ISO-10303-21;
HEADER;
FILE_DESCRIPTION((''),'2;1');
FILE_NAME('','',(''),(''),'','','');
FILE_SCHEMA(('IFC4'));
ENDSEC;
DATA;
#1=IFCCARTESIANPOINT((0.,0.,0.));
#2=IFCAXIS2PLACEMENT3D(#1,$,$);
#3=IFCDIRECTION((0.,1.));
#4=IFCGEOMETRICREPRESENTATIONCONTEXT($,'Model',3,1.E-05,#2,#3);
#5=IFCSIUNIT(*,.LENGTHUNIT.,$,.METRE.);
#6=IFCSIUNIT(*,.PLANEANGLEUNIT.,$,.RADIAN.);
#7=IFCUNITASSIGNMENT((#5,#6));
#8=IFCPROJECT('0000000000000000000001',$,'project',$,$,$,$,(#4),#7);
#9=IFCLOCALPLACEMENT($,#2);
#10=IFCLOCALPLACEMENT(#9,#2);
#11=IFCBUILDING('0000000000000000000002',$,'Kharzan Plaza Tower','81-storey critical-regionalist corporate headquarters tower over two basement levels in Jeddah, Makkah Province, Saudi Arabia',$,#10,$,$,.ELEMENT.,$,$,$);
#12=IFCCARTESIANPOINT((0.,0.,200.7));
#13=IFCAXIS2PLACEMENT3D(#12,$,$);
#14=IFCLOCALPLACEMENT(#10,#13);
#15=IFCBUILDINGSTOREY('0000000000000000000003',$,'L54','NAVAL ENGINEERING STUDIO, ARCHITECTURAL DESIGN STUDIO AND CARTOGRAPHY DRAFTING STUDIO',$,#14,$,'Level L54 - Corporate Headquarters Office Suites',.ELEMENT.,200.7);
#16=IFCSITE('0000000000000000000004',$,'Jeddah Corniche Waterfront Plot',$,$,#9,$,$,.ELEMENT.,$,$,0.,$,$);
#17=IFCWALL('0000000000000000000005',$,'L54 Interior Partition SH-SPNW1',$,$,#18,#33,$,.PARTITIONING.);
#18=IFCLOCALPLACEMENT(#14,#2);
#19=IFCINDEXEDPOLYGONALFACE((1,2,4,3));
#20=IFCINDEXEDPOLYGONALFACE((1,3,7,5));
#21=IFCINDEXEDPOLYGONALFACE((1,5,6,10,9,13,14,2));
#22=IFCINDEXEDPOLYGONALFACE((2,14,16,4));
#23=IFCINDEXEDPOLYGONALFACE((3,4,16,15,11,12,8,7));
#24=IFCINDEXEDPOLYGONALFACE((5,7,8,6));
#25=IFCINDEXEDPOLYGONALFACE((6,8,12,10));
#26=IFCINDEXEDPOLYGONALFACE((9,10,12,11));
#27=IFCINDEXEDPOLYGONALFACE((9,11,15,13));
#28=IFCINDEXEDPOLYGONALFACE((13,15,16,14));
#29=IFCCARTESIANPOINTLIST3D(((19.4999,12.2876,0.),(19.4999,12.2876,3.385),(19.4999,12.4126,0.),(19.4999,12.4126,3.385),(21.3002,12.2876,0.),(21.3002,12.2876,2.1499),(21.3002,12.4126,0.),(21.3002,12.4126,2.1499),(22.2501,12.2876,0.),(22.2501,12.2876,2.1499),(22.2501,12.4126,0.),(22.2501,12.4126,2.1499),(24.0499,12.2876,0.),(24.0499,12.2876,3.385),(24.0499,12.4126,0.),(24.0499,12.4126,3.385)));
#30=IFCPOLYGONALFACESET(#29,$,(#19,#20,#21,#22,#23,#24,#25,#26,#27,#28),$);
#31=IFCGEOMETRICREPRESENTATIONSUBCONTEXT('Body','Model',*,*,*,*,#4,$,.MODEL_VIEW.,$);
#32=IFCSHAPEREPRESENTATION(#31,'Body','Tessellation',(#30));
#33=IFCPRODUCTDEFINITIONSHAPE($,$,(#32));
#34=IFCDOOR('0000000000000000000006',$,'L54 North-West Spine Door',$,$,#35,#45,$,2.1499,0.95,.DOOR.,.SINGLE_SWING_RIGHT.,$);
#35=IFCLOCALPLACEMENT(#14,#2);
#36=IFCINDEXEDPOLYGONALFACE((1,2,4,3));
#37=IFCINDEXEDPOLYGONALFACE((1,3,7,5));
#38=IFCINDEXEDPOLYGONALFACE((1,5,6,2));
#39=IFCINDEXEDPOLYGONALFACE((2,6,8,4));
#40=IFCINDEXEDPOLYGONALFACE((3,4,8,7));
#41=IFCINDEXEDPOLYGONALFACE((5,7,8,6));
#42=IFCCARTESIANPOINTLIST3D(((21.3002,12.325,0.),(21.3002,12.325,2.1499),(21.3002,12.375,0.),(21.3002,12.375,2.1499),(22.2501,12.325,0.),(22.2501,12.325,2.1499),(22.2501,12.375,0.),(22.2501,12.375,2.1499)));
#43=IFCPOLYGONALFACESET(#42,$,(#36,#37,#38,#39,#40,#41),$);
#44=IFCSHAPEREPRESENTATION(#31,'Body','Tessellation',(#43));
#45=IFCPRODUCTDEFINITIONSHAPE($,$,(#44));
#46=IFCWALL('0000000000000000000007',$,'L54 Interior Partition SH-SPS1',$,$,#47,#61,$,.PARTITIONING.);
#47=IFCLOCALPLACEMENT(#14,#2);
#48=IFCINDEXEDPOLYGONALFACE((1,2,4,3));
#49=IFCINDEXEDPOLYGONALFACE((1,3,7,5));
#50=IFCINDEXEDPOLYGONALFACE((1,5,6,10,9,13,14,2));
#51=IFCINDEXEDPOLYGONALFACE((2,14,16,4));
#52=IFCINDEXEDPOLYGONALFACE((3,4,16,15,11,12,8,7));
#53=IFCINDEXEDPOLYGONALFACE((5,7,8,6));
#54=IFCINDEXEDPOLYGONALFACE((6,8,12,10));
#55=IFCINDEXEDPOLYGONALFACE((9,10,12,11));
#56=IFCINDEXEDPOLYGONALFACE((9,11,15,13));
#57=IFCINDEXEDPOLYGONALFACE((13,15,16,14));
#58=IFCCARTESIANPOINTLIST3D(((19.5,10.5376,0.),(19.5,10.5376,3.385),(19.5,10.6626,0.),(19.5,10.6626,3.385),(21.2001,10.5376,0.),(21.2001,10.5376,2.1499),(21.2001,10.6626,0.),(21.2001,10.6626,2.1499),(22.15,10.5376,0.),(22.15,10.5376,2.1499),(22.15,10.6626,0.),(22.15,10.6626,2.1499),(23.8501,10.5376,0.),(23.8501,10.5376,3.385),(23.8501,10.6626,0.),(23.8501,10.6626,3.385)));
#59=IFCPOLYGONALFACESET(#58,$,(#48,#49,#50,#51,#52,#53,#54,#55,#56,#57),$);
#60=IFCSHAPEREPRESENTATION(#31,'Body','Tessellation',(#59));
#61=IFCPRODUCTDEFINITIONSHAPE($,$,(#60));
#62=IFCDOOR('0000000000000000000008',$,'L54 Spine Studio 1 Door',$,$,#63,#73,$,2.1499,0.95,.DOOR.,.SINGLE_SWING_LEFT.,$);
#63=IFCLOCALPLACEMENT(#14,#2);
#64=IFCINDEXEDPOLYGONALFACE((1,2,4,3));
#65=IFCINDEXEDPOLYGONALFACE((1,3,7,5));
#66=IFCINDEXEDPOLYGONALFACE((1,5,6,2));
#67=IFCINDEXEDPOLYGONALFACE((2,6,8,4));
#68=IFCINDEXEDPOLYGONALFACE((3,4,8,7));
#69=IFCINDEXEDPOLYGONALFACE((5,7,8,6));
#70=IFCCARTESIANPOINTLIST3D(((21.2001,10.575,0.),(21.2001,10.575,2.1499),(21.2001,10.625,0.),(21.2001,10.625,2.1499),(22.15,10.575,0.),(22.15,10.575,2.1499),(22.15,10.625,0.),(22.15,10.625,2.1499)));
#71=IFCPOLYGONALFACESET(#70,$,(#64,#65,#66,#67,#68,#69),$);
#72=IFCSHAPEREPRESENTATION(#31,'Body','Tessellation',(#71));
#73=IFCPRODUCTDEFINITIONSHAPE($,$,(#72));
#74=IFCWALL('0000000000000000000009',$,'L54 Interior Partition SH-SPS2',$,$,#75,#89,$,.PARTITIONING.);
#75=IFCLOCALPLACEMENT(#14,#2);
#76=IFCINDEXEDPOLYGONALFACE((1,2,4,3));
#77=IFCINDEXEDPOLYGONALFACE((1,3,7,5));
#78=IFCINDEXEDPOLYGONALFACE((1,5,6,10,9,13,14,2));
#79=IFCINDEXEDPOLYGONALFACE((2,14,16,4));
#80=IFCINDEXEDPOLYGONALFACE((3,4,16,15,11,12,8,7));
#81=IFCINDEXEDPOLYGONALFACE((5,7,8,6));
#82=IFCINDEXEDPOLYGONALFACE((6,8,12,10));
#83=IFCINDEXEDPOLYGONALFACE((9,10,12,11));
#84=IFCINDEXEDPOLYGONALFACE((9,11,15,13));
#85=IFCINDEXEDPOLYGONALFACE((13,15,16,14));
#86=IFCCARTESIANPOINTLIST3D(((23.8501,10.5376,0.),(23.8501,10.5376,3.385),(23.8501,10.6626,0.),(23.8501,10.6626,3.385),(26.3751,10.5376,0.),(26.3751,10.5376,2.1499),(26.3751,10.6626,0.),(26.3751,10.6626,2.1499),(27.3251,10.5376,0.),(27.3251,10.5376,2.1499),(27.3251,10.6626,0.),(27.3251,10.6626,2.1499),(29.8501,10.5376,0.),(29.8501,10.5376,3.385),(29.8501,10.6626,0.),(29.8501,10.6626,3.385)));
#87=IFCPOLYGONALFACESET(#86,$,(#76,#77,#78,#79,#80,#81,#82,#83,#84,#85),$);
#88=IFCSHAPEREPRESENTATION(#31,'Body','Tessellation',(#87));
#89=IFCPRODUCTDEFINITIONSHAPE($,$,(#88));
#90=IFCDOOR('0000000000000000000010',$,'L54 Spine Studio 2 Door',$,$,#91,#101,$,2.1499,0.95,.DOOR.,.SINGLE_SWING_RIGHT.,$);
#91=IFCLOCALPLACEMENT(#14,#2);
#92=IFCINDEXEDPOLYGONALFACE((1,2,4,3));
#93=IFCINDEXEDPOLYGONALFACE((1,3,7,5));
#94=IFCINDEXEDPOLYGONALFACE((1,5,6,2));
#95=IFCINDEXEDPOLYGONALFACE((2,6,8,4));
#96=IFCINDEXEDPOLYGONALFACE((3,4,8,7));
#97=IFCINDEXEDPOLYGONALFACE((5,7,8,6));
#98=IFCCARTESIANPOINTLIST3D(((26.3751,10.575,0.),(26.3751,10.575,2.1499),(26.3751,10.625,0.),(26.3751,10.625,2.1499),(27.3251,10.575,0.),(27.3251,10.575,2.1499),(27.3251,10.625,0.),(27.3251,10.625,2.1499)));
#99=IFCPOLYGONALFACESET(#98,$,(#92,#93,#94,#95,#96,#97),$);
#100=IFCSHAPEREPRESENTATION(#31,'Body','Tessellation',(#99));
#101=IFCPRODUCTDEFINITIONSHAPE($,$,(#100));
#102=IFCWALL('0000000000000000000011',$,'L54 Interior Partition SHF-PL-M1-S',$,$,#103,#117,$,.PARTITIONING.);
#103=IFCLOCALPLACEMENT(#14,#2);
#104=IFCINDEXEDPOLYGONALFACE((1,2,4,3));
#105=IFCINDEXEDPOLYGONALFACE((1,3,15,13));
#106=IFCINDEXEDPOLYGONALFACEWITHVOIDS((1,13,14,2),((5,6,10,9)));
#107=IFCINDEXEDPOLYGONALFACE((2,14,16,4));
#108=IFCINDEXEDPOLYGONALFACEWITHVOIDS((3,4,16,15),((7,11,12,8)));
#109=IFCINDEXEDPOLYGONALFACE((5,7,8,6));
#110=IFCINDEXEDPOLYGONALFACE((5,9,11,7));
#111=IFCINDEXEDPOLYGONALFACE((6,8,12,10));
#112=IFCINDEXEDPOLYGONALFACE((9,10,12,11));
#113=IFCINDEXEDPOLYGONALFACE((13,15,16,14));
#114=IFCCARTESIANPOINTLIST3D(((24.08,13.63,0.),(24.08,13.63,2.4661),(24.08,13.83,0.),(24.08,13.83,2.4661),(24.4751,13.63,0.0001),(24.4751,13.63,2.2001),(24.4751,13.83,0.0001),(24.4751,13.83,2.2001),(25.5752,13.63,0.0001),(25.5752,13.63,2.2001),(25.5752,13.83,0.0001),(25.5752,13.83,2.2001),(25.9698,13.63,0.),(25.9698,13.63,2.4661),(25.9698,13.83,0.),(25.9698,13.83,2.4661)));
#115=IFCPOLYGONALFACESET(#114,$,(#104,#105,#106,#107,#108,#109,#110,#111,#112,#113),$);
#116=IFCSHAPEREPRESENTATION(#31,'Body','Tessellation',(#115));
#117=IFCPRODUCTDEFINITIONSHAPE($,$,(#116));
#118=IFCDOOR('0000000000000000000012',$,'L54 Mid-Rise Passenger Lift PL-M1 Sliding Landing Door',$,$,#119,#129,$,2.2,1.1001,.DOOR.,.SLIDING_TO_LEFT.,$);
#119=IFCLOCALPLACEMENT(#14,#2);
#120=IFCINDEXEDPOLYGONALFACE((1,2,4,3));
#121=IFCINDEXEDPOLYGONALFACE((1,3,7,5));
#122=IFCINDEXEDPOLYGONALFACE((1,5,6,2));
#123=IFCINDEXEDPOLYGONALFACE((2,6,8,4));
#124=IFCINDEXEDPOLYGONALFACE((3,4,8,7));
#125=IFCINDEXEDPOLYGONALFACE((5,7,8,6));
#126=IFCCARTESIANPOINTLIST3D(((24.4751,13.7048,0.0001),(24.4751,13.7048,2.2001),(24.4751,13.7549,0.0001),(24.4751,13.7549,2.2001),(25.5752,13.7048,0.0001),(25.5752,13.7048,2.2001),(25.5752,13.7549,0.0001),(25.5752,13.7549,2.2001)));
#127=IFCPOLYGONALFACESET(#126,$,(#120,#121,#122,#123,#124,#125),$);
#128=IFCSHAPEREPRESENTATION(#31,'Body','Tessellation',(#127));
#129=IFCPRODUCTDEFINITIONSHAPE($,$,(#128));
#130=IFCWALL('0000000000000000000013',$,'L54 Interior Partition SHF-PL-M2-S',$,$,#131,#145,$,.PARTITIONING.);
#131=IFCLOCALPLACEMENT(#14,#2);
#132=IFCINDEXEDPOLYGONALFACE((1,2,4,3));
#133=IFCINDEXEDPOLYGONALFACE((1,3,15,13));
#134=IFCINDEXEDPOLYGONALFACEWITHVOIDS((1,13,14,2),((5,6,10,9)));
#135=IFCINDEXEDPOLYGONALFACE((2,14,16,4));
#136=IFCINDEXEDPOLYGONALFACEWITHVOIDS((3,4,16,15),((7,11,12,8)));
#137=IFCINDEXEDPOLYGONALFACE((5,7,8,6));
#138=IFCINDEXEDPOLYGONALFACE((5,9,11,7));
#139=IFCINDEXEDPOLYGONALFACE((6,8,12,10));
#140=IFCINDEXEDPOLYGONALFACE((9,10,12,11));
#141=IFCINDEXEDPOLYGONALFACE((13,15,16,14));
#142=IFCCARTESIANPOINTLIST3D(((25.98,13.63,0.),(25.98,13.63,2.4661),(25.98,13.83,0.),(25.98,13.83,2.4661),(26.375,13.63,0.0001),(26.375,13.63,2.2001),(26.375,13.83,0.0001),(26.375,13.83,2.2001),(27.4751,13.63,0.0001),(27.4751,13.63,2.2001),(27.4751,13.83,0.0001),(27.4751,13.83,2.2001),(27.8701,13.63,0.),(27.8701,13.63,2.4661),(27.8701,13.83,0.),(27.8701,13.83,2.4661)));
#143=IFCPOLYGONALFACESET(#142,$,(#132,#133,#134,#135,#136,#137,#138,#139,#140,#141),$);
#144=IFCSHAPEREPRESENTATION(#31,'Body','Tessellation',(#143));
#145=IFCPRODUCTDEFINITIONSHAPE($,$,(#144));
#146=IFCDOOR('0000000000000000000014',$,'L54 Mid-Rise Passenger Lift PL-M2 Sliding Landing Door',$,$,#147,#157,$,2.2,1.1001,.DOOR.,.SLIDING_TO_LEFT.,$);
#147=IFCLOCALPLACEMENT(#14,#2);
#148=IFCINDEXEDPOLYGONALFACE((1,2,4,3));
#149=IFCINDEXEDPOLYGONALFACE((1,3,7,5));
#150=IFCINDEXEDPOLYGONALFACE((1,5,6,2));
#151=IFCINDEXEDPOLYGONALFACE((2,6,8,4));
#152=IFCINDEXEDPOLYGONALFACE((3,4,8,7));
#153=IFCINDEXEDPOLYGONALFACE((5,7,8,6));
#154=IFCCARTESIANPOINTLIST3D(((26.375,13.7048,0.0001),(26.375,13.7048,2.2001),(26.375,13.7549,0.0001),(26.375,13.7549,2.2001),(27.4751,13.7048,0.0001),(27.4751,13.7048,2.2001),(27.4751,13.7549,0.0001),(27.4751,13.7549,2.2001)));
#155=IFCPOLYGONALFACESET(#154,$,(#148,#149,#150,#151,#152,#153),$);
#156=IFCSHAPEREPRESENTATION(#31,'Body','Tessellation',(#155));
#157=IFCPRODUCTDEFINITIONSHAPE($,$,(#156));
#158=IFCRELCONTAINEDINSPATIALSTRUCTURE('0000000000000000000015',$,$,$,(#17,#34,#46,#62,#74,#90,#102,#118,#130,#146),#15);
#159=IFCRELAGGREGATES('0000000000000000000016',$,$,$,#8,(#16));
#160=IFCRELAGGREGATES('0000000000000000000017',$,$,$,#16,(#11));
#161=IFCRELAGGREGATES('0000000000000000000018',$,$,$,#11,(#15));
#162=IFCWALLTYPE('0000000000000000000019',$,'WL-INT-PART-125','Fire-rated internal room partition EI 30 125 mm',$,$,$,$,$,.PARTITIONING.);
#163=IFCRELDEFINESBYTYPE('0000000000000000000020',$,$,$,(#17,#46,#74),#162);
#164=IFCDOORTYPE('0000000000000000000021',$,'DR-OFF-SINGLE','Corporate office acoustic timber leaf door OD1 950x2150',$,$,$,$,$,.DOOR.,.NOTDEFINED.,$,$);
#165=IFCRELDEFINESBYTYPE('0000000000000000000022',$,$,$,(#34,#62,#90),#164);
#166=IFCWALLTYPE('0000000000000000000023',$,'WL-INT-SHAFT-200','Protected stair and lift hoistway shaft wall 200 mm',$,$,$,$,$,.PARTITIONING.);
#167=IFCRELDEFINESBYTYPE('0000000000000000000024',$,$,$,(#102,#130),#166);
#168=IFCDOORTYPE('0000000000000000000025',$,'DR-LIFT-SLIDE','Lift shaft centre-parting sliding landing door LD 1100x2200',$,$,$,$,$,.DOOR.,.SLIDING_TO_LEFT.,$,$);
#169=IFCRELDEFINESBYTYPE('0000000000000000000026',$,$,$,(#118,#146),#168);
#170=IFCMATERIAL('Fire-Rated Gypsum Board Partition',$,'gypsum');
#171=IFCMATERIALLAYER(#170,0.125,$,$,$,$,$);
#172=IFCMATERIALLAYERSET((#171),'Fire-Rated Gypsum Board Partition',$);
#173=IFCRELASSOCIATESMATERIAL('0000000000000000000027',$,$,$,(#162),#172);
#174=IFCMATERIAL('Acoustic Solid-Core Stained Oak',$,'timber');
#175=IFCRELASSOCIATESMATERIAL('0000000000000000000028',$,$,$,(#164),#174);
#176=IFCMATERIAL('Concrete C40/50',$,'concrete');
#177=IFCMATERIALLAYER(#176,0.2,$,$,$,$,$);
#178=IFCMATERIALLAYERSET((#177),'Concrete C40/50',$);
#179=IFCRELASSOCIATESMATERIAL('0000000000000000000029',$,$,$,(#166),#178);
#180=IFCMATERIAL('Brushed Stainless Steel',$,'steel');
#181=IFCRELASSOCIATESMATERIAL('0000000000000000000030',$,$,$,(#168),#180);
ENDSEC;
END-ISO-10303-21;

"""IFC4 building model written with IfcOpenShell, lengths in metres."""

from ifc_helpers import new_model, si_unit, direction, frame, frame_2d, origin, place, context, subcontext, project, spatial, rectangle, extrude, source, transform, mapped, material, layer, layer_set, type_object, element, fill, save


model = new_model("IFC4")

# Units and contexts
model_context = context("Model", 3, precision=1e-05, world=origin(), true_north=direction((0.0, 1.0)))
body_context = subcontext(model_context, "Body", "Model", "MODEL_VIEW")
ifc_project = project(units=[si_unit("LENGTHUNIT", "METRE"), si_unit("PLANEANGLEUNIT", "RADIAN")], contexts=[model_context])

# Site, building, storey
site_placement = place(None, origin())
site = spatial("IfcSite", under=ifc_project, at=site_placement, Name="Jeddah Corniche Waterfront Plot", CompositionType="ELEMENT", RefElevation=0.0)
building_placement = place(site_placement, origin())
building = spatial("IfcBuilding", under=site, at=building_placement, Name="Kharzan Plaza Tower", Description="81-storey critical-regionalist corporate headquarters tower over two basement levels in Jeddah, Makkah Province, Saudi Arabia", CompositionType="ELEMENT")
storey_placement = place(building_placement, frame((0.0, 0.0, 200.7)))
storey = spatial("IfcBuildingStorey", under=building, at=storey_placement, Name="L54", Description="NAVAL ENGINEERING STUDIO, ARCHITECTURAL DESIGN STUDIO AND CARTOGRAPHY DRAFTING STUDIO", LongName="Level L54 - Corporate Headquarters Office Suites", CompositionType="ELEMENT", Elevation=200.7)

# Walls, openings, doors
ifc_material_1 = material(Name="Fire-Rated Gypsum Board Partition", Category="gypsum")
ifc_layer_1 = layer(ifc_material_1, 0.125)
ifc_layer_set_1 = layer_set([ifc_layer_1], Name="Fire-Rated Gypsum Board Partition")
wall_type_1 = type_object("IfcWallType", Name="WL-INT-PART-125", Description="Fire-rated internal room partition EI 30 125 mm", PredefinedType="PARTITIONING", material=ifc_layer_set_1)
ifc_material_2 = material(Name="Acoustic Solid-Core Stained Oak", Category="timber")
door_type_1 = type_object("IfcDoorType", Name="DR-OFF-SINGLE", Description="Corporate office acoustic timber leaf door OD1 950x2150", OperationType="NOTDEFINED", PredefinedType="DOOR", material=ifc_material_2)
shared_shape_1 = source(origin(), body_context, "Body", "SweptSolid", [
    extrude(rectangle(XDim=0.95, YDim=2.1499, at=frame_2d((0.4751, 1.075))), frame((0.0, 0.0249, 0.0), z_axis=(0.0, -1.0, 0.0), x_axis=(1.0, 0.0, 0.0)), (0.0, 0.0, 1.0), 0.05),
])
wall_1_placement = place(storey_placement, frame((19.5, 12.3501, 0.0), z_axis=(0.0, 0.0, 1.0), x_axis=(1.0, 0.0, 0.0)))
wall_1 = element("IfcWall", 1, at=wall_1_placement, inside=storey, type_object=wall_type_1, Name="L54 Interior Partition SH-SPNW1", PredefinedType="PARTITIONING", context=body_context, shape_type="SweptSolid", body=[
    extrude(rectangle(XDim=4.55, YDim=0.125, at=frame_2d((2.2749, 0.0))), origin(), (0.0, 0.0, 1.0), 3.385),
])
opening_1_placement = place(wall_1_placement, frame((1.8, 0.0, 0.0)))
opening_1 = element("IfcOpeningElement", 2, at=opening_1_placement, cuts=wall_1, PredefinedType="OPENING", context=body_context, shape_type="SweptSolid", body=[
    extrude(rectangle(XDim=0.95, YDim=2.1499, at=frame_2d((0.4751, 1.075))), frame((0.0, 0.0725, 0.0), z_axis=(0.0, -1.0, 0.0), x_axis=(1.0, 0.0, 0.0)), (0.0, 0.0, 1.0), 0.145),
])
door_1_placement = place(opening_1_placement, origin())
door_1 = element("IfcDoor", 3, at=door_1_placement, inside=storey, type_object=door_type_1, Name="L54 North-West Spine Door", OperationType="SINGLE_SWING_RIGHT", OverallHeight=2.1499, OverallWidth=0.95, PredefinedType="DOOR", context=body_context, shape_type="MappedRepresentation", body=[
    mapped(shared_shape_1, transform((0.0, 0.0, 0.0), x_axis=(1.0, 0.0, 0.0), y_axis=(0.0, 1.0, 0.0), z_axis=(0.0, 0.0, 1.0))),
])
fill(opening_1, door_1)
wall_2_placement = place(storey_placement, frame((19.5, 10.6001, 0.0), z_axis=(0.0, 0.0, 1.0), x_axis=(1.0, 0.0, 0.0)))
wall_2 = element("IfcWall", 4, at=wall_2_placement, inside=storey, type_object=wall_type_1, Name="L54 Interior Partition SH-SPS1", PredefinedType="PARTITIONING", context=body_context, shape_type="SweptSolid", body=[
    extrude(rectangle(XDim=4.3501, YDim=0.125, at=frame_2d((2.175, 0.0))), origin(), (0.0, 0.0, 1.0), 3.385),
])
opening_2_placement = place(wall_2_placement, frame((1.7, 0.0, 0.0)))
opening_2 = element("IfcOpeningElement", 5, at=opening_2_placement, cuts=wall_2, PredefinedType="OPENING", context=body_context, shape_type="SweptSolid", body=[
    extrude(rectangle(XDim=0.95, YDim=2.1499, at=frame_2d((0.4751, 1.075))), frame((0.0, 0.0725, 0.0), z_axis=(0.0, -1.0, 0.0), x_axis=(1.0, 0.0, 0.0)), (0.0, 0.0, 1.0), 0.145),
])
door_2_placement = place(opening_2_placement, origin())
door_2 = element("IfcDoor", 6, at=door_2_placement, inside=storey, type_object=door_type_1, Name="L54 Spine Studio 1 Door", OperationType="SINGLE_SWING_LEFT", OverallHeight=2.1499, OverallWidth=0.95, PredefinedType="DOOR", context=body_context, shape_type="MappedRepresentation", body=[
    mapped(shared_shape_1, transform((0.0, 0.0, 0.0), x_axis=(1.0, 0.0, 0.0), y_axis=(0.0, 1.0, 0.0), z_axis=(0.0, 0.0, 1.0))),
])
fill(opening_2, door_2)
wall_3_placement = place(storey_placement, frame((23.8501, 10.6001, 0.0), z_axis=(0.0, 0.0, 1.0), x_axis=(1.0, 0.0, 0.0)))
wall_3 = element("IfcWall", 7, at=wall_3_placement, inside=storey, type_object=wall_type_1, Name="L54 Interior Partition SH-SPS2", PredefinedType="PARTITIONING", context=body_context, shape_type="SweptSolid", body=[
    extrude(rectangle(XDim=6.0, YDim=0.125, at=frame_2d((3.0, 0.0))), origin(), (0.0, 0.0, 1.0), 3.385),
])
opening_3_placement = place(wall_3_placement, frame((2.5249, 0.0, 0.0)))
opening_3 = element("IfcOpeningElement", 8, at=opening_3_placement, cuts=wall_3, PredefinedType="OPENING", context=body_context, shape_type="SweptSolid", body=[
    extrude(rectangle(XDim=0.95, YDim=2.1499, at=frame_2d((0.4751, 1.075))), frame((0.0, 0.0725, 0.0), z_axis=(0.0, -1.0, 0.0), x_axis=(1.0, 0.0, 0.0)), (0.0, 0.0, 1.0), 0.145),
])
door_3_placement = place(opening_3_placement, origin())
door_3 = element("IfcDoor", 9, at=door_3_placement, inside=storey, type_object=door_type_1, Name="L54 Spine Studio 2 Door", OperationType="SINGLE_SWING_RIGHT", OverallHeight=2.1499, OverallWidth=0.95, PredefinedType="DOOR", context=body_context, shape_type="MappedRepresentation", body=[
    mapped(shared_shape_1, transform((0.0, 0.0, 0.0), x_axis=(1.0, 0.0, 0.0), y_axis=(0.0, 1.0, 0.0), z_axis=(0.0, 0.0, 1.0))),
])
fill(opening_3, door_3)
ifc_material_3 = material(Name="Concrete C40/50", Category="concrete")
ifc_layer_2 = layer(ifc_material_3, 0.2)
ifc_layer_set_2 = layer_set([ifc_layer_2], Name="Concrete C40/50")
wall_type_2 = type_object("IfcWallType", Name="WL-INT-SHAFT-200", Description="Protected stair and lift hoistway shaft wall 200 mm", PredefinedType="PARTITIONING", material=ifc_layer_set_2)
wall_4_placement = place(storey_placement, frame((24.0801, 13.73, 0.0), z_axis=(0.0, 0.0, 1.0), x_axis=(1.0, 0.0, 0.0)))
wall_4 = element("IfcWall", 10, at=wall_4_placement, inside=storey, type_object=wall_type_2, Name="L54 Interior Partition SHF-PL-M1-S", PredefinedType="PARTITIONING", context=body_context, shape_type="SweptSolid", body=[
    extrude(rectangle(XDim=1.8899, YDim=0.2, at=frame_2d((0.9448, 0.0))), origin(), (0.0, 0.0, 1.0), 2.4661),
])
opening_4_placement = place(wall_4_placement, frame((0.395, 0.0, 0.0)))
opening_4 = element("IfcOpeningElement", 11, at=opening_4_placement, cuts=wall_4, PredefinedType="OPENING", context=body_context, shape_type="SweptSolid", body=[
    extrude(rectangle(XDim=1.1001, YDim=2.2, at=frame_2d((0.55, 1.1001))), frame((0.0, 0.1099, 0.0), z_axis=(0.0, -1.0, 0.0), x_axis=(1.0, 0.0, 0.0)), (0.0, 0.0, 1.0), 0.22),
])
ifc_material_4 = material(Name="Brushed Stainless Steel", Category="steel")
door_type_2 = type_object("IfcDoorType", Name="DR-LIFT-SLIDE", Description="Lift shaft centre-parting sliding landing door LD 1100x2200", OperationType="SLIDING_TO_LEFT", PredefinedType="DOOR", material=ifc_material_4)
shared_shape_2 = source(origin(), body_context, "Body", "SweptSolid", [
    extrude(rectangle(XDim=1.1001, YDim=2.2, at=frame_2d((0.55, 1.1001))), frame((0.0, 0.0249, 0.0), z_axis=(0.0, -1.0, 0.0), x_axis=(1.0, 0.0, 0.0)), (0.0, 0.0, 1.0), 0.05),
])
door_4_placement = place(opening_4_placement, origin())
door_4 = element("IfcDoor", 12, at=door_4_placement, inside=storey, type_object=door_type_2, Name="L54 Mid-Rise Passenger Lift PL-M1 Sliding Landing Door", OperationType="SLIDING_TO_LEFT", OverallHeight=2.2, OverallWidth=1.1001, PredefinedType="DOOR", context=body_context, shape_type="MappedRepresentation", body=[
    mapped(shared_shape_2, transform((0.0, 0.0, 0.0), x_axis=(1.0, 0.0, 0.0), y_axis=(0.0, 1.0, 0.0), z_axis=(0.0, 0.0, 1.0))),
])
fill(opening_4, door_4)
wall_5_placement = place(storey_placement, frame((25.98, 13.73, 0.0), z_axis=(0.0, 0.0, 1.0), x_axis=(1.0, 0.0, 0.0)))
wall_5 = element("IfcWall", 13, at=wall_5_placement, inside=storey, type_object=wall_type_2, Name="L54 Interior Partition SHF-PL-M2-S", PredefinedType="PARTITIONING", context=body_context, shape_type="SweptSolid", body=[
    extrude(rectangle(XDim=1.8901, YDim=0.2, at=frame_2d((0.9451, 0.0))), origin(), (0.0, 0.0, 1.0), 2.4661),
])
opening_5_placement = place(wall_5_placement, frame((0.395, 0.0, 0.0)))
opening_5 = element("IfcOpeningElement", 14, at=opening_5_placement, cuts=wall_5, PredefinedType="OPENING", context=body_context, shape_type="SweptSolid", body=[
    extrude(rectangle(XDim=1.1001, YDim=2.2, at=frame_2d((0.55, 1.1001))), frame((0.0, 0.1099, 0.0), z_axis=(0.0, -1.0, 0.0), x_axis=(1.0, 0.0, 0.0)), (0.0, 0.0, 1.0), 0.22),
])
door_5_placement = place(opening_5_placement, origin())
door_5 = element("IfcDoor", 15, at=door_5_placement, inside=storey, type_object=door_type_2, Name="L54 Mid-Rise Passenger Lift PL-M2 Sliding Landing Door", OperationType="SLIDING_TO_LEFT", OverallHeight=2.2, OverallWidth=1.1001, PredefinedType="DOOR", context=body_context, shape_type="MappedRepresentation", body=[
    mapped(shared_shape_2, transform((0.0, 0.0, 0.0), x_axis=(1.0, 0.0, 0.0), y_axis=(0.0, 1.0, 0.0), z_axis=(0.0, 0.0, 1.0))),
])
fill(opening_5, door_5)

save(model, "model.ifc")
